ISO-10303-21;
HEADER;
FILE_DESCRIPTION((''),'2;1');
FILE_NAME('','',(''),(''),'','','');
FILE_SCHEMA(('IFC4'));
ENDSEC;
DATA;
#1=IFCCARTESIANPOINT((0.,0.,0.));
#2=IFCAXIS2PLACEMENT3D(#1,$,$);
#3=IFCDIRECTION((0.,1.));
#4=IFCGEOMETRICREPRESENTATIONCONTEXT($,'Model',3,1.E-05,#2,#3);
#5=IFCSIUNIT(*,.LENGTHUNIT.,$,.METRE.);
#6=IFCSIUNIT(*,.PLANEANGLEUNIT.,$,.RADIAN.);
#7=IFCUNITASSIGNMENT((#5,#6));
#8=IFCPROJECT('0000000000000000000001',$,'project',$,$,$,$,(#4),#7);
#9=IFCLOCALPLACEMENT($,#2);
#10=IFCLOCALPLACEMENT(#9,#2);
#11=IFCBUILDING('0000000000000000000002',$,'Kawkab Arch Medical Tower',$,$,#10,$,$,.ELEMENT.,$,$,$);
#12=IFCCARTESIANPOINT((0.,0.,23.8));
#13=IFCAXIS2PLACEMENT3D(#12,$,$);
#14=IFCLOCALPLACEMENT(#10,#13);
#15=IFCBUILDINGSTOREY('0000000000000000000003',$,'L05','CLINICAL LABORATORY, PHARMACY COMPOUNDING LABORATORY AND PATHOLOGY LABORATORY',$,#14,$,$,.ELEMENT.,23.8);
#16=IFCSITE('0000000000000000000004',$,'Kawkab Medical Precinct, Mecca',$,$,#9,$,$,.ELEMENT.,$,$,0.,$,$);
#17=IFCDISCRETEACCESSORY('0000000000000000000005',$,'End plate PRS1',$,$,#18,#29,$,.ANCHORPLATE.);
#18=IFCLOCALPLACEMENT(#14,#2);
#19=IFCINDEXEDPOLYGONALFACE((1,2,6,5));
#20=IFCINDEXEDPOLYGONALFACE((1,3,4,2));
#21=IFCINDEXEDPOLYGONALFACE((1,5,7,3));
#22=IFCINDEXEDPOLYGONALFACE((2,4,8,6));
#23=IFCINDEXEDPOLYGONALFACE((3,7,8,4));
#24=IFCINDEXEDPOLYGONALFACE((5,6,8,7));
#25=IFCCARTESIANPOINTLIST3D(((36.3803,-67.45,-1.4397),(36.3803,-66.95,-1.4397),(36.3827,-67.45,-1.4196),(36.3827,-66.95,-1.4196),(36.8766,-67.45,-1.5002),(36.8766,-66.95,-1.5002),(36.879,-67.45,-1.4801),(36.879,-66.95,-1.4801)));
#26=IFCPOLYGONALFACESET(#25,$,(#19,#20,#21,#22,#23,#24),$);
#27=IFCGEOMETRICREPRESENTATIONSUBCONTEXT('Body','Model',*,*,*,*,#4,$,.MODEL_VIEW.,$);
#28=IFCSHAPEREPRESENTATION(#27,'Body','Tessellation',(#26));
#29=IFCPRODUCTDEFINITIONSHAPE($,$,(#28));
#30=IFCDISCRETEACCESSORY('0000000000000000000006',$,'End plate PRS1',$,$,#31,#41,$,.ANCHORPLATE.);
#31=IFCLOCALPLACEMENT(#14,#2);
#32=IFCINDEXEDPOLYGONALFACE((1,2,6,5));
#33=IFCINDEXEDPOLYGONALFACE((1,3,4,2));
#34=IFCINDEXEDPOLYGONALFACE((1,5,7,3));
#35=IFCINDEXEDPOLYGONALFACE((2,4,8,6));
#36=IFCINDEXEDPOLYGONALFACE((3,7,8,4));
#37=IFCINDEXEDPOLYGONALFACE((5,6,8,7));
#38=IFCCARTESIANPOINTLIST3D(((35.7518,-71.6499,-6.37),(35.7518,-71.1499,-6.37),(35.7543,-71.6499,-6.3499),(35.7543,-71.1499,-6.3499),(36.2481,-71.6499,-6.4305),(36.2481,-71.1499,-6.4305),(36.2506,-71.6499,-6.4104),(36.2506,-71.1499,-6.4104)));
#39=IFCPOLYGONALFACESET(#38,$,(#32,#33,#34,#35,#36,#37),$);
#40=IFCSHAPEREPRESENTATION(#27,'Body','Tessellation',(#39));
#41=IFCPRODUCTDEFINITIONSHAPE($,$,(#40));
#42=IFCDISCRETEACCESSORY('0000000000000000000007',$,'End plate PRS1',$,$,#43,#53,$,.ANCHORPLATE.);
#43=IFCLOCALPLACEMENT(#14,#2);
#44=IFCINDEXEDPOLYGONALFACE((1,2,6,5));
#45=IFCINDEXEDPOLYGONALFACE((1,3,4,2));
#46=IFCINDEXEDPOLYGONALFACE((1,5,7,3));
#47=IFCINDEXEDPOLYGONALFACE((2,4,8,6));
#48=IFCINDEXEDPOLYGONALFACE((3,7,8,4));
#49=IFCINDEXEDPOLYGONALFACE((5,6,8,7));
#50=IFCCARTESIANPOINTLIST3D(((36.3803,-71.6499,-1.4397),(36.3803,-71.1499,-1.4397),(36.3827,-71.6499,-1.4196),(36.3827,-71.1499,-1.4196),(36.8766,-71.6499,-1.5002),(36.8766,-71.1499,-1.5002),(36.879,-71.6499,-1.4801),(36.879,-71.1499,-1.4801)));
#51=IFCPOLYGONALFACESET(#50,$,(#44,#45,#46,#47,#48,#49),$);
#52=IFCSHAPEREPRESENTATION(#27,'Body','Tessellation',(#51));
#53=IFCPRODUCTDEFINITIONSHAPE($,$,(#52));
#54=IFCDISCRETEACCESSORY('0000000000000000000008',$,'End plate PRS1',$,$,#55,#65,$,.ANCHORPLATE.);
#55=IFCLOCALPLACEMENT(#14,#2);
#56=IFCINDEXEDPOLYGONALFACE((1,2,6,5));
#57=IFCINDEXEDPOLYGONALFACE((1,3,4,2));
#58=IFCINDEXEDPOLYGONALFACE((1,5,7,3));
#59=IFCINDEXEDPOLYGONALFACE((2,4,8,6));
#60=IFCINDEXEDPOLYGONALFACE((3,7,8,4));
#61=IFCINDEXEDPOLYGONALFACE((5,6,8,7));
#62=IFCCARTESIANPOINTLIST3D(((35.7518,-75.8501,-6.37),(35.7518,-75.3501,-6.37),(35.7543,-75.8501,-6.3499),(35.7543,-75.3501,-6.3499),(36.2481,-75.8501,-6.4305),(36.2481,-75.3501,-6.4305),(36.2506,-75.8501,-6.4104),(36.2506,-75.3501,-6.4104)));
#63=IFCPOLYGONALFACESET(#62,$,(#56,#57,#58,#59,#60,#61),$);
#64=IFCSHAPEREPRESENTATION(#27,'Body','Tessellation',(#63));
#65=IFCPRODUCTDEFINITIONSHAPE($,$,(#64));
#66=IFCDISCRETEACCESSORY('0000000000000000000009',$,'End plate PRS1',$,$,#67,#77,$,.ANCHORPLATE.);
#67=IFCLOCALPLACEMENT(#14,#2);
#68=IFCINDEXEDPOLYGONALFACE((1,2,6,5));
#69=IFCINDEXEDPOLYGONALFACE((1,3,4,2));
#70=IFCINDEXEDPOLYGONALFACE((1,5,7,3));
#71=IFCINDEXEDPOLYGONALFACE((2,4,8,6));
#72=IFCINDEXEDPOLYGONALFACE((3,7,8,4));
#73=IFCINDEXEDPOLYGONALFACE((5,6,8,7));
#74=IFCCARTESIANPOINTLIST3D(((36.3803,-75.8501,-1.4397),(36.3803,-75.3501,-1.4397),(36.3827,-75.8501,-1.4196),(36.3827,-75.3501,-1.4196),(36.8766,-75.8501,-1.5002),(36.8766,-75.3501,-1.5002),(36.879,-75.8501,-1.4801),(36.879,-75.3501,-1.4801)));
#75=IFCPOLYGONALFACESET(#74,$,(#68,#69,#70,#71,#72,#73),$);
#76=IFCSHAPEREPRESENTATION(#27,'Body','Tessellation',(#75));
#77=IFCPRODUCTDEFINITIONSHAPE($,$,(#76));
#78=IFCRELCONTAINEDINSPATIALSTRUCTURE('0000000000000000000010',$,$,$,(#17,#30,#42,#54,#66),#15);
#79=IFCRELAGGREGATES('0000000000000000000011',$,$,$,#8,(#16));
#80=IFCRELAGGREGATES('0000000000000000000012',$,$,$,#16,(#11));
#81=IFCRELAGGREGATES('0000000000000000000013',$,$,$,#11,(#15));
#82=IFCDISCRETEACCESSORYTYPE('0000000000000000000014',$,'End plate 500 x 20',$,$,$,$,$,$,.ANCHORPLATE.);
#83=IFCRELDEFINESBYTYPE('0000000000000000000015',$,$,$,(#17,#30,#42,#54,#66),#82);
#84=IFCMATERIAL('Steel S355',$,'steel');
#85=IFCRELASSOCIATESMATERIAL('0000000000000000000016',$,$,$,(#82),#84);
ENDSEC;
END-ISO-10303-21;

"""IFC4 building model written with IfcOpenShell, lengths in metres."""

from ifc_helpers import new_model, si_unit, direction, frame, origin, origin_2d, place, context, subcontext, project, spatial, rectangle, extrude, material, material_profile, profile_set, type_object, element, save


model = new_model("IFC4")

# Units and contexts
model_context = context("Model", 3, precision=1e-05, world=origin(), true_north=direction((0.0, 1.0)))
body_context = subcontext(model_context, "Body", "Model", "MODEL_VIEW")
ifc_project = project(units=[si_unit("LENGTHUNIT", "METRE"), si_unit("PLANEANGLEUNIT", "RADIAN")], contexts=[model_context])

# Site, building, storey
site_placement = place(None, origin())
site = spatial("IfcSite", under=ifc_project, at=site_placement, Name="Kawkab Medical Precinct, Mecca", CompositionType="ELEMENT", RefElevation=0.0)
building_placement = place(site_placement, origin())
building = spatial("IfcBuilding", under=site, at=building_placement, Name="Kawkab Arch Medical Tower", CompositionType="ELEMENT")
storey_placement = place(building_placement, frame((0.0, 0.0, 23.8)))
storey = spatial("IfcBuildingStorey", under=building, at=storey_placement, Name="L05", Description="CLINICAL LABORATORY, PHARMACY COMPOUNDING LABORATORY AND PATHOLOGY LABORATORY", CompositionType="ELEMENT", Elevation=23.8)

# Discrete accessories
ifc_material_1 = material(Name="Steel S355", Category="steel")
ifc_material_profile_1 = material_profile(ifc_material_1, rectangle(XDim=0.5, YDim=0.5, at=origin_2d()), Name="End plate 500 x 20")
ifc_profile_set_1 = profile_set([ifc_material_profile_1], Name="Steel S355")
discrete_accessory_type = type_object("IfcDiscreteAccessoryType", Name="End plate 500 x 20", PredefinedType="ANCHORPLATE", material=ifc_profile_set_1)
for number, where, z_axis, x_axis, name in (
    (1, (36.6284, -67.2, -1.47), (0.121054, 0.0, 0.992646), (0.0, 1.0, 0.0), "End plate PRS1"),
    (2, (36.0024, -71.3999, -6.3801), (-0.121054, 0.0, -0.992646), (0.0, -1.0, 0.0), "End plate PRS1"),
    (3, (36.6284, -71.3999, -1.47), (0.121054, 0.0, 0.992646), (0.0, 1.0, 0.0), "End plate PRS1"),
    (4, (36.0024, -75.6001, -6.3801), (-0.121054, 0.0, -0.992646), (0.0, -1.0, 0.0), "End plate PRS1"),
    (5, (36.6284, -75.6001, -1.47), (0.121054, 0.0, 0.992646), (0.0, 1.0, 0.0), "End plate PRS1"),
):
    element("IfcDiscreteAccessory", number, at=place(storey_placement, frame(where, z_axis=z_axis, x_axis=x_axis)), inside=storey, type_object=discrete_accessory_type, Name=name, PredefinedType="ANCHORPLATE", context=body_context, shape_type="SweptSolid", body=[
        extrude(rectangle(XDim=0.5, YDim=0.5, at=origin_2d()), origin(), (0.0, 0.0, 1.0), 0.0203),
    ])

save(model, "model.ifc")
